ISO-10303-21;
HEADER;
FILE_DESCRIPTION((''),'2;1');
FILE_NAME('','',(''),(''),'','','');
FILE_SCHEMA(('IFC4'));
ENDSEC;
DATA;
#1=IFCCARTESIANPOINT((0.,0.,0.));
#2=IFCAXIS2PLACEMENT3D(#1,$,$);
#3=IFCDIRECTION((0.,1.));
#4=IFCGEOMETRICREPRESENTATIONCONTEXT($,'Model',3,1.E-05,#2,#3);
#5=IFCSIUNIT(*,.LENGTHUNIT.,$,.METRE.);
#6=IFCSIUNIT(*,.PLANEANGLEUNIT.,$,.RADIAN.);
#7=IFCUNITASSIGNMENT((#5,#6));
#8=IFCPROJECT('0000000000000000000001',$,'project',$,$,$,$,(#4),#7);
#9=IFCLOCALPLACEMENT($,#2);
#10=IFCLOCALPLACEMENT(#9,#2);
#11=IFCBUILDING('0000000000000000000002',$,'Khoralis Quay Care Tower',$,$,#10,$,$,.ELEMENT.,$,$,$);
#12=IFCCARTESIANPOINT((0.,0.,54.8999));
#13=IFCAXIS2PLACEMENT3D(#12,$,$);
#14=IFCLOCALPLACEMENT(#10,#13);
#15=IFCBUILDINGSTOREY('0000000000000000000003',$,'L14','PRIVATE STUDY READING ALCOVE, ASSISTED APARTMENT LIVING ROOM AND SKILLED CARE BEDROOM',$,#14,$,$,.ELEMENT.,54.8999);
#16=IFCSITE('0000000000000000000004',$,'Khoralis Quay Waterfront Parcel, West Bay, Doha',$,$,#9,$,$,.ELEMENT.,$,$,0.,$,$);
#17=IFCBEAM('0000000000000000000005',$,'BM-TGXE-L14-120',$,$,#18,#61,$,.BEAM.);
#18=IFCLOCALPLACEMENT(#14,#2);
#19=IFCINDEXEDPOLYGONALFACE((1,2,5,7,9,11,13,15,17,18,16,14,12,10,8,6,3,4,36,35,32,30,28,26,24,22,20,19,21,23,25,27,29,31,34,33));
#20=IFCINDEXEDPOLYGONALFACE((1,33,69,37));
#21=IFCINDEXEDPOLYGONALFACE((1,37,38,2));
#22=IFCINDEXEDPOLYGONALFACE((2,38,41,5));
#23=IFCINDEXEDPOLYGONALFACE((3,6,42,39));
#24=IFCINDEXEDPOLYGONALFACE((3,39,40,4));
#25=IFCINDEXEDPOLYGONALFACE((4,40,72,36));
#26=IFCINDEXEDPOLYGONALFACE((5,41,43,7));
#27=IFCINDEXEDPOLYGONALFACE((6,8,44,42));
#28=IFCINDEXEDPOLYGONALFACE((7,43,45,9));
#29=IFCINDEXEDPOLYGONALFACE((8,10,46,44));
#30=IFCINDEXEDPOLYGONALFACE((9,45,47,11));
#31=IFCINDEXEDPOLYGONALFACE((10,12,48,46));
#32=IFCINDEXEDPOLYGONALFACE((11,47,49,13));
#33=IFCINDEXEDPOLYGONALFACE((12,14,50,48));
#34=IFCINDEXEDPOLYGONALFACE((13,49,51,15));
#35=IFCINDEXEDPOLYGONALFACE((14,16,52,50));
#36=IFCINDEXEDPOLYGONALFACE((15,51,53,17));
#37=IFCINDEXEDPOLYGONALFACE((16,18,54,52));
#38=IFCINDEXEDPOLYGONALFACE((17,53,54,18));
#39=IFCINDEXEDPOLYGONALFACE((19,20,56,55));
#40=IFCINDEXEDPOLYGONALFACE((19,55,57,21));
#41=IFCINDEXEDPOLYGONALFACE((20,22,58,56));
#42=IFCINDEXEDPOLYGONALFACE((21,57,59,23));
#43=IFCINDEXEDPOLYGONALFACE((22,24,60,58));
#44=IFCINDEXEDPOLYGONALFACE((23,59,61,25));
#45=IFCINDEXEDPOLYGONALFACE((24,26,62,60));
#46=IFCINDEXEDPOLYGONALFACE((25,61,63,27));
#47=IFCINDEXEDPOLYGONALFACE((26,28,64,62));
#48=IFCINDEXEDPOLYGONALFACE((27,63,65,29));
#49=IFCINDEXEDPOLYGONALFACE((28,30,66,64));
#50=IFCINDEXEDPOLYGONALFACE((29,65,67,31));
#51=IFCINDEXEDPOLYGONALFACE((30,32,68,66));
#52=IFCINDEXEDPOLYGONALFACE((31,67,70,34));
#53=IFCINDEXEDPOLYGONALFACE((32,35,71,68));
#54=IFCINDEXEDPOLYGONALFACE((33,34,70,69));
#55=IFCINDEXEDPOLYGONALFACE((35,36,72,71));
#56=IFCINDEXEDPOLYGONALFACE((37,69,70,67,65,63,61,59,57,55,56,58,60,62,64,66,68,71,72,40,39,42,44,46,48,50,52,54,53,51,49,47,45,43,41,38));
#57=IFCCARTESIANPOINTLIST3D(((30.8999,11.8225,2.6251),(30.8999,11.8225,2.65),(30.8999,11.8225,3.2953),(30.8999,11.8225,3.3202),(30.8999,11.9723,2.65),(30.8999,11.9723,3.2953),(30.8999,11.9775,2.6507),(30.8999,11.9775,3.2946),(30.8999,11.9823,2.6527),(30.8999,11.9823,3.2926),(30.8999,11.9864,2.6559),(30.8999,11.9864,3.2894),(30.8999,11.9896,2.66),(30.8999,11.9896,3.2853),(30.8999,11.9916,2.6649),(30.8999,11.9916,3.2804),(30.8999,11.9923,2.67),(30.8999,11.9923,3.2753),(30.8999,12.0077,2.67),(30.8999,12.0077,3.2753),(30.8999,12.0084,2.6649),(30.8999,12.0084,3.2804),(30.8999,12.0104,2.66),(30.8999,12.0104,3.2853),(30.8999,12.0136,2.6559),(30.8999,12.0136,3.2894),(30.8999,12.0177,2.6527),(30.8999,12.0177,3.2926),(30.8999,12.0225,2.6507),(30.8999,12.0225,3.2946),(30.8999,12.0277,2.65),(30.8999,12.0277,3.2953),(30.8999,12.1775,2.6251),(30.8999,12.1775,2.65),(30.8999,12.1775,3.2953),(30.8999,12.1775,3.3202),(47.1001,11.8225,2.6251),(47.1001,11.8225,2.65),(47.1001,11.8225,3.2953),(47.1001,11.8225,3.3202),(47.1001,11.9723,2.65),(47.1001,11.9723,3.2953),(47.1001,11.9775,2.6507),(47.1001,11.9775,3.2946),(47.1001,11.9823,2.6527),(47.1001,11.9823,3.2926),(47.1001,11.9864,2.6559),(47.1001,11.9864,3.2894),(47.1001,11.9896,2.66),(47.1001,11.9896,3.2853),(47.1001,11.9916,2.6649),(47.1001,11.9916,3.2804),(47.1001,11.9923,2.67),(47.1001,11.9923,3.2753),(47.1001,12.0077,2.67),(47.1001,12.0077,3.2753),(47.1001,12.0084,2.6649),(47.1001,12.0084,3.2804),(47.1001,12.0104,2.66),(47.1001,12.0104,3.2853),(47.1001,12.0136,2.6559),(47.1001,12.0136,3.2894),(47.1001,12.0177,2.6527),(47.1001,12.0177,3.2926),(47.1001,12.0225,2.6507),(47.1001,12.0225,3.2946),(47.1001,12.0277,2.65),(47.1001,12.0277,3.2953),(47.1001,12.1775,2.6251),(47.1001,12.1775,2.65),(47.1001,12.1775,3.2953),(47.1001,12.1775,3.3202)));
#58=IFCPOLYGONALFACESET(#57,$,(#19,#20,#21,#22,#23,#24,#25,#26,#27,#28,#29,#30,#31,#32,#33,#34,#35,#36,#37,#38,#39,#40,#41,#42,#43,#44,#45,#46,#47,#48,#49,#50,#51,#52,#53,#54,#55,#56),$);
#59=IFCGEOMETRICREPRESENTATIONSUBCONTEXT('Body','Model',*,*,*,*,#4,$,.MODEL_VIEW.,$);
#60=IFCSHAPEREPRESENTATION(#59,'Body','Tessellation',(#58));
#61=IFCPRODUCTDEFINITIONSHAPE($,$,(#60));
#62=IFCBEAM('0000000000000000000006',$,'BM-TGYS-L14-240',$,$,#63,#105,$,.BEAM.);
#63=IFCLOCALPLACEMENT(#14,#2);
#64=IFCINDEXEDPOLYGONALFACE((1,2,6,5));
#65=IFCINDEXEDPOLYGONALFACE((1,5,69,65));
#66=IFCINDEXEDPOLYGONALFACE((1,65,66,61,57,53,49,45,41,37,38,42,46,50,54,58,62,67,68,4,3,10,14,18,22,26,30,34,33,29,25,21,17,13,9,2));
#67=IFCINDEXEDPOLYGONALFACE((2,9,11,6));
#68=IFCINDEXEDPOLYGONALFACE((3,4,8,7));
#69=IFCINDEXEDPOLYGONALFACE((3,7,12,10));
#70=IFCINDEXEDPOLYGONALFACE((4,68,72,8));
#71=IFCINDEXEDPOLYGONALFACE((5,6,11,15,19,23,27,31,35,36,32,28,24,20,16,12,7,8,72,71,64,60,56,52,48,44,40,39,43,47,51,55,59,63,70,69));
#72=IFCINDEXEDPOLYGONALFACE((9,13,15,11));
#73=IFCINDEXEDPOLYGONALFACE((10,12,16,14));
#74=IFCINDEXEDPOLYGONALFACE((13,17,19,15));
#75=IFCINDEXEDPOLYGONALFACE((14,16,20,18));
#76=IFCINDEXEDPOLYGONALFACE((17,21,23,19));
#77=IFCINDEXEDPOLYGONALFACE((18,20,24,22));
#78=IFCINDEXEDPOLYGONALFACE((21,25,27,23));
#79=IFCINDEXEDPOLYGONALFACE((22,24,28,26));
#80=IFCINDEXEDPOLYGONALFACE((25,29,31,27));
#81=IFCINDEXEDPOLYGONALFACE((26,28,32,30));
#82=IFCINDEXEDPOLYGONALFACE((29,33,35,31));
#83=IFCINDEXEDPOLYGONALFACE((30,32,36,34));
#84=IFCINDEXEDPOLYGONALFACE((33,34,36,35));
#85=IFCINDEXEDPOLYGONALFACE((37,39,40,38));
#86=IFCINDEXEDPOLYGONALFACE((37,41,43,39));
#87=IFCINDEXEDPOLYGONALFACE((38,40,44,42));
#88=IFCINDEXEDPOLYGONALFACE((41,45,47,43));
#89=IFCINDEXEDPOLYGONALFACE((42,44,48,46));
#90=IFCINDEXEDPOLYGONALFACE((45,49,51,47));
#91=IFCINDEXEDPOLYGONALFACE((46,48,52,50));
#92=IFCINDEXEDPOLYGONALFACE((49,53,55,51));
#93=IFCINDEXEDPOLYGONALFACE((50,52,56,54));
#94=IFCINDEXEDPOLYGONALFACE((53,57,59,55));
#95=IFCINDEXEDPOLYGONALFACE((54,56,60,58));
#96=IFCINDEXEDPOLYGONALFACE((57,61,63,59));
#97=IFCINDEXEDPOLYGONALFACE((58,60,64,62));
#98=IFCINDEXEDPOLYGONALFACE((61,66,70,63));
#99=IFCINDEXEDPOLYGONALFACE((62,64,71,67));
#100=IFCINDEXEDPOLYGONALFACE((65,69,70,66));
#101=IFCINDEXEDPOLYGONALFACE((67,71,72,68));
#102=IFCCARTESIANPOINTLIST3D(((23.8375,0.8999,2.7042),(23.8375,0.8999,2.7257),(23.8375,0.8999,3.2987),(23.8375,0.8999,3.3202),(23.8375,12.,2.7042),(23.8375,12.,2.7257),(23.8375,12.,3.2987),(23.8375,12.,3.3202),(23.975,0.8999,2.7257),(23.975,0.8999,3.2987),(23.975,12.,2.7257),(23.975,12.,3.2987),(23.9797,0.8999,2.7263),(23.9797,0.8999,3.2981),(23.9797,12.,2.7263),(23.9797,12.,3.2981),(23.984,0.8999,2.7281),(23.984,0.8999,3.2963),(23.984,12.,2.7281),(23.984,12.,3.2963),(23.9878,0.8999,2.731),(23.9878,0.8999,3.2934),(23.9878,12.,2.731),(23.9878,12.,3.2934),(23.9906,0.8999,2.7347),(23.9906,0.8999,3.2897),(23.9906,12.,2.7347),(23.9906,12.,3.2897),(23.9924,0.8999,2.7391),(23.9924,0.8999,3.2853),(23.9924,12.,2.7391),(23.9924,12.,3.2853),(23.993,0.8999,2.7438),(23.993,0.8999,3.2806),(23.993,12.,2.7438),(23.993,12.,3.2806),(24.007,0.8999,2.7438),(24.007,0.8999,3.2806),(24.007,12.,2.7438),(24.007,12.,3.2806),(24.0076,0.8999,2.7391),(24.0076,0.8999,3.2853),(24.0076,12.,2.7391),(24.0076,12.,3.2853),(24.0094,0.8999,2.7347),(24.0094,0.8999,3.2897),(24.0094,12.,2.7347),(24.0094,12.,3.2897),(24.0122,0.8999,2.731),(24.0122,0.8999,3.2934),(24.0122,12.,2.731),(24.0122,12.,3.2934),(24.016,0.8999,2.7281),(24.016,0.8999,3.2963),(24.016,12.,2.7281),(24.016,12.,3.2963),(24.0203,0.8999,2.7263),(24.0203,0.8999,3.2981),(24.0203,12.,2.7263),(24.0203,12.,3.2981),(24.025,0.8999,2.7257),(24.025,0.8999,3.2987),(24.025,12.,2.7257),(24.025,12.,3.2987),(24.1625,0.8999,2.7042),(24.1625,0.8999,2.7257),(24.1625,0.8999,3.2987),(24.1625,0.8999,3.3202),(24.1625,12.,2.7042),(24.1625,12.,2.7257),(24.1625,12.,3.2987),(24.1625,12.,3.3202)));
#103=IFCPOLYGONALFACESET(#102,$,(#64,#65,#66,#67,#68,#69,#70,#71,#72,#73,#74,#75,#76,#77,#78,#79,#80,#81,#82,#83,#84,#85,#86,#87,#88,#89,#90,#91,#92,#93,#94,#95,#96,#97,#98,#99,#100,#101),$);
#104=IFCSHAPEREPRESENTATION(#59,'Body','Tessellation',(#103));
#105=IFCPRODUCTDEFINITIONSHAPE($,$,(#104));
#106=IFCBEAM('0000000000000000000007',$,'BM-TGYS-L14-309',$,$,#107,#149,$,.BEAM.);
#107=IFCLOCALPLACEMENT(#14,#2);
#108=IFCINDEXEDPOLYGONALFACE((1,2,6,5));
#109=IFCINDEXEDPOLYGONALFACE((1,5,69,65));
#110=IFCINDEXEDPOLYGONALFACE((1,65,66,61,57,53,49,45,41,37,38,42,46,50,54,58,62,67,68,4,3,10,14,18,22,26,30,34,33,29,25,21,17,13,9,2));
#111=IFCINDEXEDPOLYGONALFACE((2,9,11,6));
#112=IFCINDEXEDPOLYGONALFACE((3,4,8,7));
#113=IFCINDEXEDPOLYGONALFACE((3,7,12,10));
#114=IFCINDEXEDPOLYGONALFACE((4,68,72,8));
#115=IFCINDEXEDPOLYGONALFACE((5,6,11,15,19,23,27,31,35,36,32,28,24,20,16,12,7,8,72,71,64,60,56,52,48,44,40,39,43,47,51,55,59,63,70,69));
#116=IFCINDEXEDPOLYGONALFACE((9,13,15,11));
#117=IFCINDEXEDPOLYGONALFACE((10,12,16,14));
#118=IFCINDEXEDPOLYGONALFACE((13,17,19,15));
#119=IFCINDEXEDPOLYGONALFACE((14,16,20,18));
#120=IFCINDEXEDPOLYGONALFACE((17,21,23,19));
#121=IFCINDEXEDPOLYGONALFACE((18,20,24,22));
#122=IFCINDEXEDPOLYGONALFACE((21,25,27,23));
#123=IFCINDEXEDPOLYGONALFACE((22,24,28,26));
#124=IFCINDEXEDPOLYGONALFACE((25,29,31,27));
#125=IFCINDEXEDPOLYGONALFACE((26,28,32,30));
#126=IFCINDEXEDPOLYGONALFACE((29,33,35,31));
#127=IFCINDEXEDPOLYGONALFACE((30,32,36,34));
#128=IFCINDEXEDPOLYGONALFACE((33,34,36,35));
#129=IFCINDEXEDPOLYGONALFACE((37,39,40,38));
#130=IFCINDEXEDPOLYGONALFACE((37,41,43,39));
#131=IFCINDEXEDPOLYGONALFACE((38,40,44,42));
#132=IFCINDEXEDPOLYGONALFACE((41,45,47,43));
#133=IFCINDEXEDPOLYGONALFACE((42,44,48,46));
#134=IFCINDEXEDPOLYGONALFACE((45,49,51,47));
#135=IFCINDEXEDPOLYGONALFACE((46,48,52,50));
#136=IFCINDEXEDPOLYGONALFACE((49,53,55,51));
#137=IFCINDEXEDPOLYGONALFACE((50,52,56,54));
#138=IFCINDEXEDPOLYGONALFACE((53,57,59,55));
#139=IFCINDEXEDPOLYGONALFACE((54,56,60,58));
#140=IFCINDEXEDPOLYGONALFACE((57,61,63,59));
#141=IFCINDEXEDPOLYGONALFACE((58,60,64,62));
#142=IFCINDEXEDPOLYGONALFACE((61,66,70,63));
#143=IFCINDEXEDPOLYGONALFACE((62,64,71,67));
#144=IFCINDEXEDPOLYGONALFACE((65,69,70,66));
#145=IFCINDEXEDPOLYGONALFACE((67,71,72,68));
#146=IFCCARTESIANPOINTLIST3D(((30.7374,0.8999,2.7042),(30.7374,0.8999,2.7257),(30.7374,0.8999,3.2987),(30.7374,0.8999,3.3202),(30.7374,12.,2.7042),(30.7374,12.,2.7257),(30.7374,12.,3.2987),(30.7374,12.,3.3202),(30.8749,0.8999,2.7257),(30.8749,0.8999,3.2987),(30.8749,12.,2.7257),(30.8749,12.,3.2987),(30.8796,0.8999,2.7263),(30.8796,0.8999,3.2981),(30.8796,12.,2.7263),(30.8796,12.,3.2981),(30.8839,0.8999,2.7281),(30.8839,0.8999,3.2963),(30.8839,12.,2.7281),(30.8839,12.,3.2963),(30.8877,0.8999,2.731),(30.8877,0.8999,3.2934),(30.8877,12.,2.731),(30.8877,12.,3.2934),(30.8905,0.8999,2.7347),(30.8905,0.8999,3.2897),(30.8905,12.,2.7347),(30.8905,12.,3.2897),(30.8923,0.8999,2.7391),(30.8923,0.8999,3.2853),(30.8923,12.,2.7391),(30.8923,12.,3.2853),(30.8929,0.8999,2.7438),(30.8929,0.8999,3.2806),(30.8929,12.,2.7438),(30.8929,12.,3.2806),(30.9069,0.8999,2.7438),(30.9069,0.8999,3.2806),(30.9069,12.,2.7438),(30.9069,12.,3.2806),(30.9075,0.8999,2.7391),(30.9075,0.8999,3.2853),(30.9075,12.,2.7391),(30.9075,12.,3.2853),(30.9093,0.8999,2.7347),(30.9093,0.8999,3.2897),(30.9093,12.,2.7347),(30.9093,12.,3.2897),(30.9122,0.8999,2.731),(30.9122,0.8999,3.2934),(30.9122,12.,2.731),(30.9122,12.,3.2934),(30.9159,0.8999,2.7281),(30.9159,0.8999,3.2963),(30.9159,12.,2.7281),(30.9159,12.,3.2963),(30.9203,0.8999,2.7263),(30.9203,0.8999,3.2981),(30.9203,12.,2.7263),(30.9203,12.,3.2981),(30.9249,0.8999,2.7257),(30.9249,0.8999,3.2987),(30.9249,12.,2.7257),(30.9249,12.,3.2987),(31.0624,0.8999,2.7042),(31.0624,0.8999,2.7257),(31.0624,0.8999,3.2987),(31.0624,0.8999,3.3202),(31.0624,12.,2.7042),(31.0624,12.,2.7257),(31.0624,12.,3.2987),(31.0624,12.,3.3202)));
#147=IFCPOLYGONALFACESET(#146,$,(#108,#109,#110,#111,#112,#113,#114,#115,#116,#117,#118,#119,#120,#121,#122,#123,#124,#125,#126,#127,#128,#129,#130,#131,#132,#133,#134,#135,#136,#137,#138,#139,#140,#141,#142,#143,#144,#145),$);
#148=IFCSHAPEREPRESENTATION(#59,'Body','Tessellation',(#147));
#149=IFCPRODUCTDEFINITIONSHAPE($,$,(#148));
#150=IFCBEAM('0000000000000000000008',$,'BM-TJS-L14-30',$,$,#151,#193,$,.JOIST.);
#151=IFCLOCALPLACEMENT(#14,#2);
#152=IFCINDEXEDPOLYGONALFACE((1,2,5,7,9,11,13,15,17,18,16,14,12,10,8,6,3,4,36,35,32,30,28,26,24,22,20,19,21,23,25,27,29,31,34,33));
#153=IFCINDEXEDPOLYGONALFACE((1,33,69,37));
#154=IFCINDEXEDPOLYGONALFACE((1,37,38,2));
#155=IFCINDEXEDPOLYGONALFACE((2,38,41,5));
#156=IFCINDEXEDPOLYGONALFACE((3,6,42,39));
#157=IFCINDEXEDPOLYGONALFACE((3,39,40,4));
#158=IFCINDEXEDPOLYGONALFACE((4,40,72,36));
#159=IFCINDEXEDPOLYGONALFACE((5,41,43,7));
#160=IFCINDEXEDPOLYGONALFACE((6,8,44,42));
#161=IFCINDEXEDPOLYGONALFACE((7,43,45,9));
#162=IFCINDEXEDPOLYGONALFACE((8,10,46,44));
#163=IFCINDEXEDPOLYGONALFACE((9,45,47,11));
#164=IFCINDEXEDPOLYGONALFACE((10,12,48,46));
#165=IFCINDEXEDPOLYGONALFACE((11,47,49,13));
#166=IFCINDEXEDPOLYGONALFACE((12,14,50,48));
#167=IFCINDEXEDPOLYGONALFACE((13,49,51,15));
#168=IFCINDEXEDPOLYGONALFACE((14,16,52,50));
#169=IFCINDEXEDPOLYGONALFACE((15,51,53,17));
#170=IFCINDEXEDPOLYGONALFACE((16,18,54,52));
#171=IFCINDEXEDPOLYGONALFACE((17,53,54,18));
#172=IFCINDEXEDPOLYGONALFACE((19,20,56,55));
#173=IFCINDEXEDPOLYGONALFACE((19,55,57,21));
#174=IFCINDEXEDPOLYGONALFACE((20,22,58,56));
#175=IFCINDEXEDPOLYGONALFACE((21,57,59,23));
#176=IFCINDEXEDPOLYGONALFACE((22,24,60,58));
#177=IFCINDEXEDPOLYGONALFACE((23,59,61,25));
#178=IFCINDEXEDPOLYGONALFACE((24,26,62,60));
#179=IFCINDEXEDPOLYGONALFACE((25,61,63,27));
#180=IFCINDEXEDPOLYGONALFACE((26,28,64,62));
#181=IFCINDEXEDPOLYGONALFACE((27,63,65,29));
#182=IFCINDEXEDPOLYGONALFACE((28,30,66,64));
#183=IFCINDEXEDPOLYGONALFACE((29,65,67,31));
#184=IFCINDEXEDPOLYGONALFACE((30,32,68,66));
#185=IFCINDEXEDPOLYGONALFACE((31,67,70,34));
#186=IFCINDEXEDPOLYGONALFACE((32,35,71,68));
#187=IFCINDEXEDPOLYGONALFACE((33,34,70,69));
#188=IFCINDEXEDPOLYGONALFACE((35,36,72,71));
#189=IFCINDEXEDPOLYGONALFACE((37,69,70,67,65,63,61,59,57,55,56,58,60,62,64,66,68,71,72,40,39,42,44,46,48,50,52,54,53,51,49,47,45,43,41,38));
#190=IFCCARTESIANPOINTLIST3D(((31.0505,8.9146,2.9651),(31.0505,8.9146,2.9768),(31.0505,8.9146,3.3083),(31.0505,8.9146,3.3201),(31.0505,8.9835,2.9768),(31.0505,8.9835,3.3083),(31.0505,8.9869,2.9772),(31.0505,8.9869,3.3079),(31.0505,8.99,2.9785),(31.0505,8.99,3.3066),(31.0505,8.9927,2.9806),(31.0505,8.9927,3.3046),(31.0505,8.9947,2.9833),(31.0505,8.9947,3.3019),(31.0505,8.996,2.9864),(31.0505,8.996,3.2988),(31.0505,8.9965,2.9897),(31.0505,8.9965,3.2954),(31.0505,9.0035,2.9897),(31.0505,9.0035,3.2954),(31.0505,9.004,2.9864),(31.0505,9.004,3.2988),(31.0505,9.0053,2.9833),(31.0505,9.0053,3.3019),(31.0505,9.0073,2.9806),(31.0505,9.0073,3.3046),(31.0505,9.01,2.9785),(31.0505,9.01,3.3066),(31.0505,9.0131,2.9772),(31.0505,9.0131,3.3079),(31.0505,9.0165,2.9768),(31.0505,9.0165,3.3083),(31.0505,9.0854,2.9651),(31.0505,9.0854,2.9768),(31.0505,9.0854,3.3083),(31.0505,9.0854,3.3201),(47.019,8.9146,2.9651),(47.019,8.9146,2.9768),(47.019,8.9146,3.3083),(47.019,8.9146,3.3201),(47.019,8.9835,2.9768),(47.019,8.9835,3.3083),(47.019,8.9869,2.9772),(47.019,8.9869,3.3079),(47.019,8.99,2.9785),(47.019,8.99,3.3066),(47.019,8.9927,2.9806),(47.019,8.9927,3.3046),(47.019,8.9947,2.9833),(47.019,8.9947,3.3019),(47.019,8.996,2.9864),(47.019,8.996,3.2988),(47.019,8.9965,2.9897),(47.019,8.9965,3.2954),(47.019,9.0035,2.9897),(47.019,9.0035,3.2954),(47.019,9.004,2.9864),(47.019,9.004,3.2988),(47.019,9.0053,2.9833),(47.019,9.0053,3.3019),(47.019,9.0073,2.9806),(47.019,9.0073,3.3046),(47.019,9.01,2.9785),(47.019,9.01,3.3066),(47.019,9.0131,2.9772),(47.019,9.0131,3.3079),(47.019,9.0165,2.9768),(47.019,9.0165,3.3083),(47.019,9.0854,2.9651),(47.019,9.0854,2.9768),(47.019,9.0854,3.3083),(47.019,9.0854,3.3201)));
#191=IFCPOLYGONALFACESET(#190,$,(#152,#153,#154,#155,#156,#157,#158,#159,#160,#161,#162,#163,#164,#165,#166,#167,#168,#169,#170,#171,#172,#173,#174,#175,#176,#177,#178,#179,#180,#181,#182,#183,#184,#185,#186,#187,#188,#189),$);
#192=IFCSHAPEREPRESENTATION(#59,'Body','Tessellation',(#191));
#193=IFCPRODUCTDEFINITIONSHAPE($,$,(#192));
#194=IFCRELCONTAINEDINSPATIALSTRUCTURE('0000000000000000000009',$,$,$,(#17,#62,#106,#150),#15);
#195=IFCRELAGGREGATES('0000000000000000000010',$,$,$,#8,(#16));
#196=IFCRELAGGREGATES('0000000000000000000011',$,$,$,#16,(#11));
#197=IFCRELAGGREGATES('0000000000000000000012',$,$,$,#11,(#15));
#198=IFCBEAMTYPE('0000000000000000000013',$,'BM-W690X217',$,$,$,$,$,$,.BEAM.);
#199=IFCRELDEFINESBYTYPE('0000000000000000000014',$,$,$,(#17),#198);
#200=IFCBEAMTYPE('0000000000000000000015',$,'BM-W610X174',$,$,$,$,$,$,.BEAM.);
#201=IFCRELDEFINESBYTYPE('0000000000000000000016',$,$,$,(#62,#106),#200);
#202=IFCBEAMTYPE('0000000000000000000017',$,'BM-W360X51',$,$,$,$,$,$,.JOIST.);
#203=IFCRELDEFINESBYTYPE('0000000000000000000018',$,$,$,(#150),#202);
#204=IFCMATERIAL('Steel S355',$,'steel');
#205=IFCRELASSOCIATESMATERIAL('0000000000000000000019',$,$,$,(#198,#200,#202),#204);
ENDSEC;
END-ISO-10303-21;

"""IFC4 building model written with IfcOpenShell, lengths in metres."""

from ifc_helpers import new_model, si_unit, direction, frame, origin, origin_2d, place, context, subcontext, project, spatial, i_section, extrude, source, transform, mapped, material, material_profile, profile_set, type_object, element, save


model = new_model("IFC4")

# Units and contexts
model_context = context("Model", 3, precision=1e-05, world=origin(), true_north=direction((0.0, 1.0)))
body_context = subcontext(model_context, "Body", "Model", "MODEL_VIEW")
ifc_project = project(units=[si_unit("LENGTHUNIT", "METRE"), si_unit("PLANEANGLEUNIT", "RADIAN")], contexts=[model_context])

# Site, building, storey
site_placement = place(None, origin())
site = spatial("IfcSite", under=ifc_project, at=site_placement, Name="Khoralis Quay Waterfront Parcel, West Bay, Doha", CompositionType="ELEMENT", RefElevation=0.0)
building_placement = place(site_placement, origin())
building = spatial("IfcBuilding", under=site, at=building_placement, Name="Khoralis Quay Care Tower", CompositionType="ELEMENT")
storey_placement = place(building_placement, frame((0.0, 0.0, 54.8999)))
storey = spatial("IfcBuildingStorey", under=building, at=storey_placement, Name="L14", Description="PRIVATE STUDY READING ALCOVE, ASSISTED APARTMENT LIVING ROOM AND SKILLED CARE BEDROOM", CompositionType="ELEMENT", Elevation=54.8999)

# Beams
ifc_material_1 = material(Name="Steel S355", Category="steel")
ifc_material_profile_1 = material_profile(ifc_material_1, i_section(OverallWidth=0.355, OverallDepth=0.6951, WebThickness=0.0154, FlangeThickness=0.0249, FilletRadius=0.02, at=origin_2d()), Name="Steel S355")
ifc_profile_set_1 = profile_set([ifc_material_profile_1], Name="Steel S355")
beam_type_1 = type_object("IfcBeamType", Name="BM-W690X217", PredefinedType="BEAM", material=ifc_profile_set_1)
shared_shape_1 = source(origin(), body_context, "Body", "SweptSolid", [
    extrude(i_section(OverallWidth=0.355, OverallDepth=0.6951, WebThickness=0.0154, FlangeThickness=0.0249, FilletRadius=0.02, at=origin_2d()), origin(), (0.0, 0.0, 1.0), 16.2002),
])
beam_1_placement = place(storey_placement, frame((30.8999, 12.0, 2.9727), z_axis=(1.0, 0.0, 0.0), x_axis=(0.0, 1.0, 0.0)))
element("IfcBeam", 1, at=beam_1_placement, inside=storey, type_object=beam_type_1, Name="BM-TGXE-L14-120", PredefinedType="BEAM", context=body_context, shape_type="MappedRepresentation", body=[
    mapped(shared_shape_1, transform((0.0, 0.0, 0.0), scale=1.0)),
])
ifc_material_profile_2 = material_profile(ifc_material_1, i_section(OverallWidth=0.325, OverallDepth=0.616, WebThickness=0.0139, FlangeThickness=0.0215, FilletRadius=0.0181, at=origin_2d()), Name="Steel S355")
ifc_profile_set_2 = profile_set([ifc_material_profile_2], Name="Steel S355")
beam_type_2 = type_object("IfcBeamType", Name="BM-W610X174", PredefinedType="BEAM", material=ifc_profile_set_2)
shared_shape_2 = source(origin(), body_context, "Body", "SweptSolid", [
    extrude(i_section(OverallWidth=0.325, OverallDepth=0.616, WebThickness=0.0139, FlangeThickness=0.0215, FilletRadius=0.0181, at=origin_2d()), origin(), (0.0, 0.0, 1.0), 11.1001),
])
for number, where, z_axis, x_axis, name in (
    (2, (24.0, 0.8999, 3.0122), (0.0, 1.0, 0.0), (-1.0, 0.0, 0.0), "BM-TGYS-L14-240"),
    (3, (30.8999, 0.8999, 3.0122), (0.0, 1.0, 0.0), (-1.0, 0.0, 0.0), "BM-TGYS-L14-309"),
):
    element("IfcBeam", number, at=place(storey_placement, frame(where, z_axis=z_axis, x_axis=x_axis)), inside=storey, type_object=beam_type_2, Name=name, PredefinedType="BEAM", context=body_context, shape_type="MappedRepresentation", body=[
        mapped(shared_shape_2, transform((0.0, 0.0, 0.0), scale=1.0)),
    ])
ifc_material_profile_3 = material_profile(ifc_material_1, i_section(OverallWidth=0.1709, OverallDepth=0.355, WebThickness=0.0071, FlangeThickness=0.0117, FilletRadius=0.0129, at=origin_2d()), Name="Steel S355")
ifc_profile_set_3 = profile_set([ifc_material_profile_3], Name="Steel S355")
beam_type_3 = type_object("IfcBeamType", Name="BM-W360X51", PredefinedType="JOIST", material=ifc_profile_set_3)
shared_shape_3 = source(origin(), body_context, "Body", "SweptSolid", [
    extrude(i_section(OverallWidth=0.1709, OverallDepth=0.355, WebThickness=0.0071, FlangeThickness=0.0117, FilletRadius=0.0129, at=origin_2d()), origin(), (0.0, 0.0, 1.0), 15.9685),
])
beam_2_placement = place(storey_placement, frame((31.0505, 9.0, 3.1426), z_axis=(1.0, 0.0, 0.0), x_axis=(0.0, 1.0, 0.0)))
element("IfcBeam", 4, at=beam_2_placement, inside=storey, type_object=beam_type_3, Name="BM-TJS-L14-30", PredefinedType="JOIST", context=body_context, shape_type="MappedRepresentation", body=[
    mapped(shared_shape_3, transform((0.0, 0.0, 0.0), scale=1.0)),
])

save(model, "model.ifc")
